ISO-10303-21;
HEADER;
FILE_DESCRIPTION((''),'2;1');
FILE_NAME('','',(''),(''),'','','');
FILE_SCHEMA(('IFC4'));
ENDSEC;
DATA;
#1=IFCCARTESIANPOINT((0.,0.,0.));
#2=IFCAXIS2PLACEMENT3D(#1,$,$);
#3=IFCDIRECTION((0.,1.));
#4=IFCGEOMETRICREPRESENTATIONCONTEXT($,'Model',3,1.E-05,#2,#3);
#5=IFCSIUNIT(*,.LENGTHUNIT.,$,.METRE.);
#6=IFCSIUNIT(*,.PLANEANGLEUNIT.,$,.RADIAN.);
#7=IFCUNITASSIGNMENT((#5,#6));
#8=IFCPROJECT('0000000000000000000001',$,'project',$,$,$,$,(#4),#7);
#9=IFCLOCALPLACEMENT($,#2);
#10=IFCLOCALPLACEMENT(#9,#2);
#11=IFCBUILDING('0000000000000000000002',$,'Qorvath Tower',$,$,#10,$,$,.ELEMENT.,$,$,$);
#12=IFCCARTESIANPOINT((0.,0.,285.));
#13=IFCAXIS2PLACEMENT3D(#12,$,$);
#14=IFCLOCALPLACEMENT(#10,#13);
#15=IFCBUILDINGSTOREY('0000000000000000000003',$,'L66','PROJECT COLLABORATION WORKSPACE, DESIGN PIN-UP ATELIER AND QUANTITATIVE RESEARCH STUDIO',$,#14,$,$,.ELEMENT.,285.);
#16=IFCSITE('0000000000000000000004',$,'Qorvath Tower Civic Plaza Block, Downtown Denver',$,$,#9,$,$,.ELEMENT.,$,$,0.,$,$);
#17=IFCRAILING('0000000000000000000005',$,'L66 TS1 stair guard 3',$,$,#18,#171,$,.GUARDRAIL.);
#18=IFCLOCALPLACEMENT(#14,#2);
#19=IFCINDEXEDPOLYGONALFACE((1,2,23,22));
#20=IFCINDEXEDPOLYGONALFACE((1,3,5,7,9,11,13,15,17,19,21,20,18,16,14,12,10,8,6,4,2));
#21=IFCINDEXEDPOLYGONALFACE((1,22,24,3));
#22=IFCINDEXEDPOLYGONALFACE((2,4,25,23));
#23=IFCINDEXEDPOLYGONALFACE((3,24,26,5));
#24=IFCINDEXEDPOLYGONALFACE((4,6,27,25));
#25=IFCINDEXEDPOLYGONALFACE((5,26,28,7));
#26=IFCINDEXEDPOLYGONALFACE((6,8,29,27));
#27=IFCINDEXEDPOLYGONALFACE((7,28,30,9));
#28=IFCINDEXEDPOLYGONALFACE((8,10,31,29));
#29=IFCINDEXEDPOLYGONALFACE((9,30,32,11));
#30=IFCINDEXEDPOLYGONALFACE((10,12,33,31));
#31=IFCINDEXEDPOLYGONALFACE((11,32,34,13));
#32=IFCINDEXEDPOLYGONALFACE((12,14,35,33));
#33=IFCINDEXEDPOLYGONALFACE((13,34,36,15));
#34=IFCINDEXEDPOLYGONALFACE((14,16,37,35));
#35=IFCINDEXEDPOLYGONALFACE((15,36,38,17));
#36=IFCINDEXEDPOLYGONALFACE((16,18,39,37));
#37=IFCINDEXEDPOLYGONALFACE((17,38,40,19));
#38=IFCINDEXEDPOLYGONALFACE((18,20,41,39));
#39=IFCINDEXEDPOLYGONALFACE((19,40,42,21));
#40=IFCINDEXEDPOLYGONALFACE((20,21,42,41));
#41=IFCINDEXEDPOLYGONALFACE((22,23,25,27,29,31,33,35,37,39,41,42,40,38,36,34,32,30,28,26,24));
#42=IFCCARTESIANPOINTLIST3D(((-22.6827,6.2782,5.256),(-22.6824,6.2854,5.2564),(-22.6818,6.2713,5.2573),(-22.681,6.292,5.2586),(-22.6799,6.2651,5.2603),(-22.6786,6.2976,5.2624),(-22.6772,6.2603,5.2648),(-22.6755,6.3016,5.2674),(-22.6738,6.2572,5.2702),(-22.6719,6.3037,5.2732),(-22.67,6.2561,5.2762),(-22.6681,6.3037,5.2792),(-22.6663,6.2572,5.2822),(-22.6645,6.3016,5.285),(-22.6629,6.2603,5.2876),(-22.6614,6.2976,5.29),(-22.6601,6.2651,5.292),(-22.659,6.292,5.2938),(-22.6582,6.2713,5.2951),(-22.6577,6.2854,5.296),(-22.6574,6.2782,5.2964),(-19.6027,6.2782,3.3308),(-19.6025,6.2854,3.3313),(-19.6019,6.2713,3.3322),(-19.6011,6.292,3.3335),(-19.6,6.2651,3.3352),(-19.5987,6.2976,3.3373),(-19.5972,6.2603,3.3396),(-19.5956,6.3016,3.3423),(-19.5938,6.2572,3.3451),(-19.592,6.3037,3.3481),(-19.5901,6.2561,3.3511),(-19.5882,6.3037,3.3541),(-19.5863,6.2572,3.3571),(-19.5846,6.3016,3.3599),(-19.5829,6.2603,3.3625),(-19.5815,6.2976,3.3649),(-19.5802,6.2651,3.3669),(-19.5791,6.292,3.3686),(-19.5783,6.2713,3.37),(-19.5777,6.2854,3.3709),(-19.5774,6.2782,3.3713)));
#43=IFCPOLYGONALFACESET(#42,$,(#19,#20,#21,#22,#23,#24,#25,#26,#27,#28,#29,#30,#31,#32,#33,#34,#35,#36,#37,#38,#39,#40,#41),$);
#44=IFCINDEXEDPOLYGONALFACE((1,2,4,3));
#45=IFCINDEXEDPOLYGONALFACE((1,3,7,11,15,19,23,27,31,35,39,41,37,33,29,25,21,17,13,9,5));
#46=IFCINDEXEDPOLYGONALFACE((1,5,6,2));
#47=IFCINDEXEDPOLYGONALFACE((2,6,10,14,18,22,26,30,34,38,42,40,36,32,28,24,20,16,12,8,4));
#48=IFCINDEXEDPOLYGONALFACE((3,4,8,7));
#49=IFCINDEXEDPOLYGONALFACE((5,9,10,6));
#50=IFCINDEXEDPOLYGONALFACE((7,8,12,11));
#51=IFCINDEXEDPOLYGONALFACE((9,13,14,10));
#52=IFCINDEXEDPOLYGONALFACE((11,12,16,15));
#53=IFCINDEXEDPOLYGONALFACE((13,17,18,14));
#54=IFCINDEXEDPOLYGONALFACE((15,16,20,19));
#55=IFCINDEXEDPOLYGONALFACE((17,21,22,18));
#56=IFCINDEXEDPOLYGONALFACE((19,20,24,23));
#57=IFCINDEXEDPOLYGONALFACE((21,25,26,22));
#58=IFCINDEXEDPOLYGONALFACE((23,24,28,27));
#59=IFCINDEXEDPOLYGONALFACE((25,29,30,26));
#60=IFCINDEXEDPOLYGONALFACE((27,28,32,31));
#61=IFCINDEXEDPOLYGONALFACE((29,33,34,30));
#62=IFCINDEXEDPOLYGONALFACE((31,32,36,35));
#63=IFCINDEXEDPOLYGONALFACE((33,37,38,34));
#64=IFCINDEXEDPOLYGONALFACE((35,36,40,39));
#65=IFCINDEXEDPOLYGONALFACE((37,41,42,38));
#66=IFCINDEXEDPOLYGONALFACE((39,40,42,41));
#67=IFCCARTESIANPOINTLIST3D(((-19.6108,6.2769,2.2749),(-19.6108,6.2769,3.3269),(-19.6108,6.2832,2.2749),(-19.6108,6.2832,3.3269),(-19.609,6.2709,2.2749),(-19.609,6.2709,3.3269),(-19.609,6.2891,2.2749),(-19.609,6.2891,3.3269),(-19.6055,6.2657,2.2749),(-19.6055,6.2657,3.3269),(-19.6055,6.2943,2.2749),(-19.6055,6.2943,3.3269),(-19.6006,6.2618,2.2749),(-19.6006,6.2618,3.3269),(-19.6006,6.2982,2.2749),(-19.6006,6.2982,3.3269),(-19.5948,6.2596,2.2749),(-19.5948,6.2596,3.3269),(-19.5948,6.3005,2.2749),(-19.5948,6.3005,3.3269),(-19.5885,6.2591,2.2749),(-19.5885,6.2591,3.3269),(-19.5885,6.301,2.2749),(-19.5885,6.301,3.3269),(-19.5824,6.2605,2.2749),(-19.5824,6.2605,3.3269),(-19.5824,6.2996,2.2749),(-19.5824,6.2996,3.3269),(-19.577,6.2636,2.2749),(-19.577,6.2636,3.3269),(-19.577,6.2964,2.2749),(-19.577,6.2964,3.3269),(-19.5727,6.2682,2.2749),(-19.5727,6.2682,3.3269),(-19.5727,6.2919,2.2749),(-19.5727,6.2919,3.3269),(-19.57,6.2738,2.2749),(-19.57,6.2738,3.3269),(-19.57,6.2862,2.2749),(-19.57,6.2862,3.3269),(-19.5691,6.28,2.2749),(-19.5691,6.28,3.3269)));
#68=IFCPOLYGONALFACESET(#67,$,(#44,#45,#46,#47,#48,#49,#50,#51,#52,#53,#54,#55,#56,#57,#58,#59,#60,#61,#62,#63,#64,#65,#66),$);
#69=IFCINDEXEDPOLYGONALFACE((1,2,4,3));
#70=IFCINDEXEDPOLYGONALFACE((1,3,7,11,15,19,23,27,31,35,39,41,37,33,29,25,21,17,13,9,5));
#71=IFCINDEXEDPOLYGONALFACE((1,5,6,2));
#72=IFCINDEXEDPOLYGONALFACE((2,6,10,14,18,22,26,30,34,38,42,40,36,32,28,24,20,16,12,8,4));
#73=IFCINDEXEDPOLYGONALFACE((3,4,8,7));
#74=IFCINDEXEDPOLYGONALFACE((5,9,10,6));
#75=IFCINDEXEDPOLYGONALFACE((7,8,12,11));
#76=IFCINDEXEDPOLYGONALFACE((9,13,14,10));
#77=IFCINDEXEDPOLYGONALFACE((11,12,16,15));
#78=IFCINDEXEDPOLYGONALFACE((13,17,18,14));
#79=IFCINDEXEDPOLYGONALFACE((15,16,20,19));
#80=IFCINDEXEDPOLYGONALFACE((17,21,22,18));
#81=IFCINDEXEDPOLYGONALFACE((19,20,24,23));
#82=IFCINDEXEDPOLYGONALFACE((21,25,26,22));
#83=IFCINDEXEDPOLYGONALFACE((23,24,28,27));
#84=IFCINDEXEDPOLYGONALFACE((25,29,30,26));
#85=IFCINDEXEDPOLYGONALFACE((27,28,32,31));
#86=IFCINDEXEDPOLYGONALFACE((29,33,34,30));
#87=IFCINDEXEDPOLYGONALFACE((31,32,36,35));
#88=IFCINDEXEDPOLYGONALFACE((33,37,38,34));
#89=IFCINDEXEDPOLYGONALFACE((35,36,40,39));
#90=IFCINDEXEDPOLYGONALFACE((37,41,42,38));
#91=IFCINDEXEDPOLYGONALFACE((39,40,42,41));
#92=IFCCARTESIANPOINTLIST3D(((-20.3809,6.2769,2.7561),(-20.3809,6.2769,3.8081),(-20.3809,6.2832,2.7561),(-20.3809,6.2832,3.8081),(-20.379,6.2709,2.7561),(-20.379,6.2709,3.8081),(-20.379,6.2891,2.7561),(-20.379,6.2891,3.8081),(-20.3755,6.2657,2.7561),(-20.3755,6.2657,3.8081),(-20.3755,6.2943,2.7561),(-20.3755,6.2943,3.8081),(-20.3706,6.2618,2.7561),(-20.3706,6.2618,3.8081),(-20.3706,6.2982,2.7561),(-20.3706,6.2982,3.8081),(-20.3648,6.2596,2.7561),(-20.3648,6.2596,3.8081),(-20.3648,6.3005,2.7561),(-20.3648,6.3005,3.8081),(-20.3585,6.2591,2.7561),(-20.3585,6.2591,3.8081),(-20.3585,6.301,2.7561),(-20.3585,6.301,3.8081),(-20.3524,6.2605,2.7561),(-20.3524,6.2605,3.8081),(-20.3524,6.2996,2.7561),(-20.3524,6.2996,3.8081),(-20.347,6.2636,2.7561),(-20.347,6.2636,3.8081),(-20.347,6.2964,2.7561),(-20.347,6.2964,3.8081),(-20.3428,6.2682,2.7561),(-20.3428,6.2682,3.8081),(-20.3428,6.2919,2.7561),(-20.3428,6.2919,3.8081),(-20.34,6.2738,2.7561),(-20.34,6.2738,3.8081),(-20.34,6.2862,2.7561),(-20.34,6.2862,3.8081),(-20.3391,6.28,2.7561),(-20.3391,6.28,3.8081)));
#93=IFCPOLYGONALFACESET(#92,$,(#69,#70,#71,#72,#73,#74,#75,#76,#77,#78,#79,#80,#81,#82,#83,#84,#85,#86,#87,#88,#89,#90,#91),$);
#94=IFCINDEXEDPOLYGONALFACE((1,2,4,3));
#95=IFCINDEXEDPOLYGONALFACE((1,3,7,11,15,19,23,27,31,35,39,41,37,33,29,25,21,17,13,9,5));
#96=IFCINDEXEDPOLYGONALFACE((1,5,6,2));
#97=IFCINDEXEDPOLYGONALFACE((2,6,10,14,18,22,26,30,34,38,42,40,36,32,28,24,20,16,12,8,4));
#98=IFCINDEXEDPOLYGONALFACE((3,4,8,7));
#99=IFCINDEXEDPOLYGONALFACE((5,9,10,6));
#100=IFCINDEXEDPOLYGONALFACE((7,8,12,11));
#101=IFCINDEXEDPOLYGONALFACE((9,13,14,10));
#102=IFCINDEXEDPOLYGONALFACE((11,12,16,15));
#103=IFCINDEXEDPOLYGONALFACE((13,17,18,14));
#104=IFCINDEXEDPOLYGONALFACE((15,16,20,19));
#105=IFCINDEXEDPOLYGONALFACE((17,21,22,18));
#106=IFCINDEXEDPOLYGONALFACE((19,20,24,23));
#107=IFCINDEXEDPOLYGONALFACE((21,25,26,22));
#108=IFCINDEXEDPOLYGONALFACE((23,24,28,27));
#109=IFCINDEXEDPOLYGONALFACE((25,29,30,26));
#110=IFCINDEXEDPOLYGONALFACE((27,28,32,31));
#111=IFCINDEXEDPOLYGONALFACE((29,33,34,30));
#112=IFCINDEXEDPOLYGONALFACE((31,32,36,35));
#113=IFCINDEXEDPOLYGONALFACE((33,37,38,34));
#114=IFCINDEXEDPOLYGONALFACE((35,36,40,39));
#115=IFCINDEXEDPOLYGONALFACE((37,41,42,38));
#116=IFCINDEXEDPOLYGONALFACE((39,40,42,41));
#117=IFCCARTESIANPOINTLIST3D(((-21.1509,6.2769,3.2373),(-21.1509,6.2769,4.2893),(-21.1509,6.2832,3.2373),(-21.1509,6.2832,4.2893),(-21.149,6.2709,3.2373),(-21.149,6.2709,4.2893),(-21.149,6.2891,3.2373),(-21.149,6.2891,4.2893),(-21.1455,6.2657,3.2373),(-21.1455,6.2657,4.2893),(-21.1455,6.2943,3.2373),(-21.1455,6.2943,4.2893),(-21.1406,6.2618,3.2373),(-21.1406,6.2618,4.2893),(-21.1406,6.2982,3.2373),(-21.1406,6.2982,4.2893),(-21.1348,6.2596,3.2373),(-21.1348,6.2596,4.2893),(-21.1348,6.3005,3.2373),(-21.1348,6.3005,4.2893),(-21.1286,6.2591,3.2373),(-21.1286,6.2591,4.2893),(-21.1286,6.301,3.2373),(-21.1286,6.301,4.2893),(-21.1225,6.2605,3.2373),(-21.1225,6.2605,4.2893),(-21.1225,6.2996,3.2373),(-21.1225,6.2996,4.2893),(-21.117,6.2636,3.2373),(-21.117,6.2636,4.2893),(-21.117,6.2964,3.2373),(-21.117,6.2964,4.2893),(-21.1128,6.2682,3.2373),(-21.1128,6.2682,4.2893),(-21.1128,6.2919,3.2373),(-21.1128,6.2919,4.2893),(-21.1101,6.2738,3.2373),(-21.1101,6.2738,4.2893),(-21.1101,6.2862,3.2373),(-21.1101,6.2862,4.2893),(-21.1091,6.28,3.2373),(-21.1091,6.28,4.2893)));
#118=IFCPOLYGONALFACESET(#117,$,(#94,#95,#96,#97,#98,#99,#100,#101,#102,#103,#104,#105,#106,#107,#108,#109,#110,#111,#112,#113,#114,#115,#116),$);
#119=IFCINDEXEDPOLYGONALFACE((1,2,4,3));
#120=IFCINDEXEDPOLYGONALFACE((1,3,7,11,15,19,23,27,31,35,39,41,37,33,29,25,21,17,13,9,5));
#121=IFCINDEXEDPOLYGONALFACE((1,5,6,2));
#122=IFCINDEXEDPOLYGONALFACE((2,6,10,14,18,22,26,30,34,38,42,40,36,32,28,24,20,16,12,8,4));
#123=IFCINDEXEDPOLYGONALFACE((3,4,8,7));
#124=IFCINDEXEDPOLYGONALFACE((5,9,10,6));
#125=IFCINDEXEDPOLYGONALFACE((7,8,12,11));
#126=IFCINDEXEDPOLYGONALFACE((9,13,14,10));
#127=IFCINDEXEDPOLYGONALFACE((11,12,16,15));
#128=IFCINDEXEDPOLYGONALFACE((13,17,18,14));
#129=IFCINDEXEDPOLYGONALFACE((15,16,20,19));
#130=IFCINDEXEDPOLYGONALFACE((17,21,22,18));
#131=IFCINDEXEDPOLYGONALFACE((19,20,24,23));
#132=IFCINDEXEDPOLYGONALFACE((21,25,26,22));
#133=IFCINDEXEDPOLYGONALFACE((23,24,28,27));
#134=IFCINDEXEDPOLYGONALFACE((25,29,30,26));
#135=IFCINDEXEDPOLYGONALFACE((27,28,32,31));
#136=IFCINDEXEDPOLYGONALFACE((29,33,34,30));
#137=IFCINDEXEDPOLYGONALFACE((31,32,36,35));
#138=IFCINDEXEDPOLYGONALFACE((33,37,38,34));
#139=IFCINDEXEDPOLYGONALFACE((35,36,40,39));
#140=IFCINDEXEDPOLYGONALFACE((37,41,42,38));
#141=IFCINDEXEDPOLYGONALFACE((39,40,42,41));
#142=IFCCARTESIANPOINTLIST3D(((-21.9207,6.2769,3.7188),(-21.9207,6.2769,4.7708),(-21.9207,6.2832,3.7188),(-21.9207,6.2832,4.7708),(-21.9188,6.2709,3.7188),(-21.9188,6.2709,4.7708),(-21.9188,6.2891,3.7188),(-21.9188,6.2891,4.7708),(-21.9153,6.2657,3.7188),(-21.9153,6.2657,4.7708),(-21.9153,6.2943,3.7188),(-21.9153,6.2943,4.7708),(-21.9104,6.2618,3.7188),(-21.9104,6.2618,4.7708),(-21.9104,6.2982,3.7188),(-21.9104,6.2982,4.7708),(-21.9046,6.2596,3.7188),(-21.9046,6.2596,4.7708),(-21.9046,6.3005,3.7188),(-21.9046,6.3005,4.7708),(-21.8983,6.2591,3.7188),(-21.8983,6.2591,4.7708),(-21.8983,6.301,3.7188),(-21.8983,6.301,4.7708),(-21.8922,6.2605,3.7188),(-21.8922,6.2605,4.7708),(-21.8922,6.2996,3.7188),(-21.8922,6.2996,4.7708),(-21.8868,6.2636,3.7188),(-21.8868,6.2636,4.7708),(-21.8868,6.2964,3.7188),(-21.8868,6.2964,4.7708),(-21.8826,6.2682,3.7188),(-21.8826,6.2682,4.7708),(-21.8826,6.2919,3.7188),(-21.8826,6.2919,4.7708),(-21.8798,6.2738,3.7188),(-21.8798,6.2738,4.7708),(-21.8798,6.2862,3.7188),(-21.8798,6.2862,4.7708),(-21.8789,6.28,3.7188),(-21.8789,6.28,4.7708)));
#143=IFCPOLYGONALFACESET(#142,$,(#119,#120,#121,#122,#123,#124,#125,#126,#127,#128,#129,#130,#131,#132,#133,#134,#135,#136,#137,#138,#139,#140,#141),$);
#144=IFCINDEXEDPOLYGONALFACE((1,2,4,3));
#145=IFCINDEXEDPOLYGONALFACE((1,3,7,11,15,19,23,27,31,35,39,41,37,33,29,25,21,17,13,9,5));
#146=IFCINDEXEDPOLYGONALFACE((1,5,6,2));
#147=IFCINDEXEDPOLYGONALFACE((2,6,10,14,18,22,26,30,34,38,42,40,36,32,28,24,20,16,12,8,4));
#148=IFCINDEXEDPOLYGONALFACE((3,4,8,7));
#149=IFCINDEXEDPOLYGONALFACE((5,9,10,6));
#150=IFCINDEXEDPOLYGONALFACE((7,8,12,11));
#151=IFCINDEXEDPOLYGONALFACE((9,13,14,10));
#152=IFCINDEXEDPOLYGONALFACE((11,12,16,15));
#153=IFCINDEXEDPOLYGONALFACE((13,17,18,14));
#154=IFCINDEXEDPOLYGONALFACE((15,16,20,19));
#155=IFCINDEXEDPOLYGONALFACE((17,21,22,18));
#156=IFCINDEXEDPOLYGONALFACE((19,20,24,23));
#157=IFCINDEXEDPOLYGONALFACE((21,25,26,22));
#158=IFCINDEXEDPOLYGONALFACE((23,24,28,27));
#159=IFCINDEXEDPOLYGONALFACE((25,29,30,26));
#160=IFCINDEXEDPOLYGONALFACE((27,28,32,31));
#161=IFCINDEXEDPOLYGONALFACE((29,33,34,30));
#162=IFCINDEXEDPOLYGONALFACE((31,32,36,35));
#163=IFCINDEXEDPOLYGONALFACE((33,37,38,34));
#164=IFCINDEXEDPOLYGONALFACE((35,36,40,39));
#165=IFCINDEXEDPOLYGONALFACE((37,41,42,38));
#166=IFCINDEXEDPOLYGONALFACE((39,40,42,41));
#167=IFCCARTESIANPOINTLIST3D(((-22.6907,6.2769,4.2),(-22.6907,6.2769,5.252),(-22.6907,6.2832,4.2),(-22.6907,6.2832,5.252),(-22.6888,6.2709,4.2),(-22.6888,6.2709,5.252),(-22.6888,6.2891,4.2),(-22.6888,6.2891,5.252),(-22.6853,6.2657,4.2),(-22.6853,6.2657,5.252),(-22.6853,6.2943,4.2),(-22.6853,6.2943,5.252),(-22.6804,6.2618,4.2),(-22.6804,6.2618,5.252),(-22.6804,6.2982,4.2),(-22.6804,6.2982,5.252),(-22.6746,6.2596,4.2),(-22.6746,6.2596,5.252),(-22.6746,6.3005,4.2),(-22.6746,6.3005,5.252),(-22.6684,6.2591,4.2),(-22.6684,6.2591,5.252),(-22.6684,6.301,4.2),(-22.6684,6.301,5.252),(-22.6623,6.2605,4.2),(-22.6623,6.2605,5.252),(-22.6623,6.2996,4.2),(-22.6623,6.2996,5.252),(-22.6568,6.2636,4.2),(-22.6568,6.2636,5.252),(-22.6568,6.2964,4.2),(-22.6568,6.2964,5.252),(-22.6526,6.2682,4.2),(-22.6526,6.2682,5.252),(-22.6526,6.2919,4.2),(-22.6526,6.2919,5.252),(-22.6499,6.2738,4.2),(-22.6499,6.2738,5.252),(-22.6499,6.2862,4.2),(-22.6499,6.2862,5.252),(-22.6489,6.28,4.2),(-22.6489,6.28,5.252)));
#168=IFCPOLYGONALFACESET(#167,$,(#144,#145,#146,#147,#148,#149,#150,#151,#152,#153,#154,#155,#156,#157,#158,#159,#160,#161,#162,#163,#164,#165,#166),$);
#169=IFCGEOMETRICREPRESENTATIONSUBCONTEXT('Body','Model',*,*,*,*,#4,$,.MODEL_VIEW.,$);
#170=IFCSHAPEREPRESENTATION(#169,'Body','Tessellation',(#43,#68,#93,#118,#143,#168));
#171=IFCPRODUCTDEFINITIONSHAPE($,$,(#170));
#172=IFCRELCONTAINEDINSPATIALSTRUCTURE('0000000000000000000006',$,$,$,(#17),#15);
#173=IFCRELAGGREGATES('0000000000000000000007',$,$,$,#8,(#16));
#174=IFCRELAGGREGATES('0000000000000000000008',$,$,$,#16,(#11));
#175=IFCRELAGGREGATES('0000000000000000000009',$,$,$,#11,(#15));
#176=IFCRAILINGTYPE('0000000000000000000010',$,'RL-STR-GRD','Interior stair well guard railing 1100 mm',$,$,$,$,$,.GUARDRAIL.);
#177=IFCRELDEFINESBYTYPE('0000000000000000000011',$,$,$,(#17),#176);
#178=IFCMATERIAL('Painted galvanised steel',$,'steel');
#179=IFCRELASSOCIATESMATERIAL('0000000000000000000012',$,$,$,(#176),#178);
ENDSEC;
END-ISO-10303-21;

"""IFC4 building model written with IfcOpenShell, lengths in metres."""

from ifc_helpers import new_model, si_unit, direction, frame, origin, origin_2d, place, context, subcontext, project, spatial, circle, extrude, material, type_object, element, save


model = new_model("IFC4")

# Units and contexts
model_context = context("Model", 3, precision=1e-05, world=origin(), true_north=direction((0.0, 1.0)))
body_context = subcontext(model_context, "Body", "Model", "MODEL_VIEW")
ifc_project = project(units=[si_unit("LENGTHUNIT", "METRE"), si_unit("PLANEANGLEUNIT", "RADIAN")], contexts=[model_context])

# Site, building, storey
site_placement = place(None, origin())
site = spatial("IfcSite", under=ifc_project, at=site_placement, Name="Qorvath Tower Civic Plaza Block, Downtown Denver", CompositionType="ELEMENT", RefElevation=0.0)
building_placement = place(site_placement, origin())
building = spatial("IfcBuilding", under=site, at=building_placement, Name="Qorvath Tower", CompositionType="ELEMENT")
storey_placement = place(building_placement, frame((0.0, 0.0, 285.0)))
storey = spatial("IfcBuildingStorey", under=building, at=storey_placement, Name="L66", Description="PROJECT COLLABORATION WORKSPACE, DESIGN PIN-UP ATELIER AND QUANTITATIVE RESEARCH STUDIO", CompositionType="ELEMENT", Elevation=285.0)

# Railing
ifc_material_1 = material(Name="Painted galvanised steel", Category="steel")
railing_type_1 = type_object("IfcRailingType", Name="RL-STR-GRD", Description="Interior stair well guard railing 1100 mm", PredefinedType="GUARDRAIL", material=ifc_material_1)
railing_1_placement = place(storey_placement, frame((-19.5901, 6.28, 2.2749)))
element("IfcRailing", 1, at=railing_1_placement, inside=storey, type_object=railing_type_1, Name="L66 TS1 stair guard 3", PredefinedType="GUARDRAIL", context=body_context, shape_type="SweptSolid", body=[
    extrude(circle(Radius=0.0239, at=origin_2d()), frame((0.0, 0.0, 1.0762), z_axis=(-0.847979, 0.0, 0.530029), x_axis=(0.0, -1.0, 0.0)), (0.0, 0.0, 1.0), 3.6321),
    extrude(circle(Radius=0.021, at=origin_2d()), origin(), (0.0, 0.0, 1.0), 1.052),
    extrude(circle(Radius=0.021, at=origin_2d()), frame((-0.77, 0.0, 0.4812)), (0.0, 0.0, 1.0), 1.052),
    extrude(circle(Radius=0.021, at=origin_2d()), frame((-1.54, 0.0, 0.9624)), (0.0, 0.0, 1.0), 1.052),
    extrude(circle(Radius=0.021, at=origin_2d()), frame((-2.3098, 0.0, 1.4438)), (0.0, 0.0, 1.0), 1.052),
    extrude(circle(Radius=0.021, at=origin_2d()), frame((-3.0798, 0.0, 1.925)), (0.0, 0.0, 1.0), 1.052),
])

save(model, "model.ifc")
